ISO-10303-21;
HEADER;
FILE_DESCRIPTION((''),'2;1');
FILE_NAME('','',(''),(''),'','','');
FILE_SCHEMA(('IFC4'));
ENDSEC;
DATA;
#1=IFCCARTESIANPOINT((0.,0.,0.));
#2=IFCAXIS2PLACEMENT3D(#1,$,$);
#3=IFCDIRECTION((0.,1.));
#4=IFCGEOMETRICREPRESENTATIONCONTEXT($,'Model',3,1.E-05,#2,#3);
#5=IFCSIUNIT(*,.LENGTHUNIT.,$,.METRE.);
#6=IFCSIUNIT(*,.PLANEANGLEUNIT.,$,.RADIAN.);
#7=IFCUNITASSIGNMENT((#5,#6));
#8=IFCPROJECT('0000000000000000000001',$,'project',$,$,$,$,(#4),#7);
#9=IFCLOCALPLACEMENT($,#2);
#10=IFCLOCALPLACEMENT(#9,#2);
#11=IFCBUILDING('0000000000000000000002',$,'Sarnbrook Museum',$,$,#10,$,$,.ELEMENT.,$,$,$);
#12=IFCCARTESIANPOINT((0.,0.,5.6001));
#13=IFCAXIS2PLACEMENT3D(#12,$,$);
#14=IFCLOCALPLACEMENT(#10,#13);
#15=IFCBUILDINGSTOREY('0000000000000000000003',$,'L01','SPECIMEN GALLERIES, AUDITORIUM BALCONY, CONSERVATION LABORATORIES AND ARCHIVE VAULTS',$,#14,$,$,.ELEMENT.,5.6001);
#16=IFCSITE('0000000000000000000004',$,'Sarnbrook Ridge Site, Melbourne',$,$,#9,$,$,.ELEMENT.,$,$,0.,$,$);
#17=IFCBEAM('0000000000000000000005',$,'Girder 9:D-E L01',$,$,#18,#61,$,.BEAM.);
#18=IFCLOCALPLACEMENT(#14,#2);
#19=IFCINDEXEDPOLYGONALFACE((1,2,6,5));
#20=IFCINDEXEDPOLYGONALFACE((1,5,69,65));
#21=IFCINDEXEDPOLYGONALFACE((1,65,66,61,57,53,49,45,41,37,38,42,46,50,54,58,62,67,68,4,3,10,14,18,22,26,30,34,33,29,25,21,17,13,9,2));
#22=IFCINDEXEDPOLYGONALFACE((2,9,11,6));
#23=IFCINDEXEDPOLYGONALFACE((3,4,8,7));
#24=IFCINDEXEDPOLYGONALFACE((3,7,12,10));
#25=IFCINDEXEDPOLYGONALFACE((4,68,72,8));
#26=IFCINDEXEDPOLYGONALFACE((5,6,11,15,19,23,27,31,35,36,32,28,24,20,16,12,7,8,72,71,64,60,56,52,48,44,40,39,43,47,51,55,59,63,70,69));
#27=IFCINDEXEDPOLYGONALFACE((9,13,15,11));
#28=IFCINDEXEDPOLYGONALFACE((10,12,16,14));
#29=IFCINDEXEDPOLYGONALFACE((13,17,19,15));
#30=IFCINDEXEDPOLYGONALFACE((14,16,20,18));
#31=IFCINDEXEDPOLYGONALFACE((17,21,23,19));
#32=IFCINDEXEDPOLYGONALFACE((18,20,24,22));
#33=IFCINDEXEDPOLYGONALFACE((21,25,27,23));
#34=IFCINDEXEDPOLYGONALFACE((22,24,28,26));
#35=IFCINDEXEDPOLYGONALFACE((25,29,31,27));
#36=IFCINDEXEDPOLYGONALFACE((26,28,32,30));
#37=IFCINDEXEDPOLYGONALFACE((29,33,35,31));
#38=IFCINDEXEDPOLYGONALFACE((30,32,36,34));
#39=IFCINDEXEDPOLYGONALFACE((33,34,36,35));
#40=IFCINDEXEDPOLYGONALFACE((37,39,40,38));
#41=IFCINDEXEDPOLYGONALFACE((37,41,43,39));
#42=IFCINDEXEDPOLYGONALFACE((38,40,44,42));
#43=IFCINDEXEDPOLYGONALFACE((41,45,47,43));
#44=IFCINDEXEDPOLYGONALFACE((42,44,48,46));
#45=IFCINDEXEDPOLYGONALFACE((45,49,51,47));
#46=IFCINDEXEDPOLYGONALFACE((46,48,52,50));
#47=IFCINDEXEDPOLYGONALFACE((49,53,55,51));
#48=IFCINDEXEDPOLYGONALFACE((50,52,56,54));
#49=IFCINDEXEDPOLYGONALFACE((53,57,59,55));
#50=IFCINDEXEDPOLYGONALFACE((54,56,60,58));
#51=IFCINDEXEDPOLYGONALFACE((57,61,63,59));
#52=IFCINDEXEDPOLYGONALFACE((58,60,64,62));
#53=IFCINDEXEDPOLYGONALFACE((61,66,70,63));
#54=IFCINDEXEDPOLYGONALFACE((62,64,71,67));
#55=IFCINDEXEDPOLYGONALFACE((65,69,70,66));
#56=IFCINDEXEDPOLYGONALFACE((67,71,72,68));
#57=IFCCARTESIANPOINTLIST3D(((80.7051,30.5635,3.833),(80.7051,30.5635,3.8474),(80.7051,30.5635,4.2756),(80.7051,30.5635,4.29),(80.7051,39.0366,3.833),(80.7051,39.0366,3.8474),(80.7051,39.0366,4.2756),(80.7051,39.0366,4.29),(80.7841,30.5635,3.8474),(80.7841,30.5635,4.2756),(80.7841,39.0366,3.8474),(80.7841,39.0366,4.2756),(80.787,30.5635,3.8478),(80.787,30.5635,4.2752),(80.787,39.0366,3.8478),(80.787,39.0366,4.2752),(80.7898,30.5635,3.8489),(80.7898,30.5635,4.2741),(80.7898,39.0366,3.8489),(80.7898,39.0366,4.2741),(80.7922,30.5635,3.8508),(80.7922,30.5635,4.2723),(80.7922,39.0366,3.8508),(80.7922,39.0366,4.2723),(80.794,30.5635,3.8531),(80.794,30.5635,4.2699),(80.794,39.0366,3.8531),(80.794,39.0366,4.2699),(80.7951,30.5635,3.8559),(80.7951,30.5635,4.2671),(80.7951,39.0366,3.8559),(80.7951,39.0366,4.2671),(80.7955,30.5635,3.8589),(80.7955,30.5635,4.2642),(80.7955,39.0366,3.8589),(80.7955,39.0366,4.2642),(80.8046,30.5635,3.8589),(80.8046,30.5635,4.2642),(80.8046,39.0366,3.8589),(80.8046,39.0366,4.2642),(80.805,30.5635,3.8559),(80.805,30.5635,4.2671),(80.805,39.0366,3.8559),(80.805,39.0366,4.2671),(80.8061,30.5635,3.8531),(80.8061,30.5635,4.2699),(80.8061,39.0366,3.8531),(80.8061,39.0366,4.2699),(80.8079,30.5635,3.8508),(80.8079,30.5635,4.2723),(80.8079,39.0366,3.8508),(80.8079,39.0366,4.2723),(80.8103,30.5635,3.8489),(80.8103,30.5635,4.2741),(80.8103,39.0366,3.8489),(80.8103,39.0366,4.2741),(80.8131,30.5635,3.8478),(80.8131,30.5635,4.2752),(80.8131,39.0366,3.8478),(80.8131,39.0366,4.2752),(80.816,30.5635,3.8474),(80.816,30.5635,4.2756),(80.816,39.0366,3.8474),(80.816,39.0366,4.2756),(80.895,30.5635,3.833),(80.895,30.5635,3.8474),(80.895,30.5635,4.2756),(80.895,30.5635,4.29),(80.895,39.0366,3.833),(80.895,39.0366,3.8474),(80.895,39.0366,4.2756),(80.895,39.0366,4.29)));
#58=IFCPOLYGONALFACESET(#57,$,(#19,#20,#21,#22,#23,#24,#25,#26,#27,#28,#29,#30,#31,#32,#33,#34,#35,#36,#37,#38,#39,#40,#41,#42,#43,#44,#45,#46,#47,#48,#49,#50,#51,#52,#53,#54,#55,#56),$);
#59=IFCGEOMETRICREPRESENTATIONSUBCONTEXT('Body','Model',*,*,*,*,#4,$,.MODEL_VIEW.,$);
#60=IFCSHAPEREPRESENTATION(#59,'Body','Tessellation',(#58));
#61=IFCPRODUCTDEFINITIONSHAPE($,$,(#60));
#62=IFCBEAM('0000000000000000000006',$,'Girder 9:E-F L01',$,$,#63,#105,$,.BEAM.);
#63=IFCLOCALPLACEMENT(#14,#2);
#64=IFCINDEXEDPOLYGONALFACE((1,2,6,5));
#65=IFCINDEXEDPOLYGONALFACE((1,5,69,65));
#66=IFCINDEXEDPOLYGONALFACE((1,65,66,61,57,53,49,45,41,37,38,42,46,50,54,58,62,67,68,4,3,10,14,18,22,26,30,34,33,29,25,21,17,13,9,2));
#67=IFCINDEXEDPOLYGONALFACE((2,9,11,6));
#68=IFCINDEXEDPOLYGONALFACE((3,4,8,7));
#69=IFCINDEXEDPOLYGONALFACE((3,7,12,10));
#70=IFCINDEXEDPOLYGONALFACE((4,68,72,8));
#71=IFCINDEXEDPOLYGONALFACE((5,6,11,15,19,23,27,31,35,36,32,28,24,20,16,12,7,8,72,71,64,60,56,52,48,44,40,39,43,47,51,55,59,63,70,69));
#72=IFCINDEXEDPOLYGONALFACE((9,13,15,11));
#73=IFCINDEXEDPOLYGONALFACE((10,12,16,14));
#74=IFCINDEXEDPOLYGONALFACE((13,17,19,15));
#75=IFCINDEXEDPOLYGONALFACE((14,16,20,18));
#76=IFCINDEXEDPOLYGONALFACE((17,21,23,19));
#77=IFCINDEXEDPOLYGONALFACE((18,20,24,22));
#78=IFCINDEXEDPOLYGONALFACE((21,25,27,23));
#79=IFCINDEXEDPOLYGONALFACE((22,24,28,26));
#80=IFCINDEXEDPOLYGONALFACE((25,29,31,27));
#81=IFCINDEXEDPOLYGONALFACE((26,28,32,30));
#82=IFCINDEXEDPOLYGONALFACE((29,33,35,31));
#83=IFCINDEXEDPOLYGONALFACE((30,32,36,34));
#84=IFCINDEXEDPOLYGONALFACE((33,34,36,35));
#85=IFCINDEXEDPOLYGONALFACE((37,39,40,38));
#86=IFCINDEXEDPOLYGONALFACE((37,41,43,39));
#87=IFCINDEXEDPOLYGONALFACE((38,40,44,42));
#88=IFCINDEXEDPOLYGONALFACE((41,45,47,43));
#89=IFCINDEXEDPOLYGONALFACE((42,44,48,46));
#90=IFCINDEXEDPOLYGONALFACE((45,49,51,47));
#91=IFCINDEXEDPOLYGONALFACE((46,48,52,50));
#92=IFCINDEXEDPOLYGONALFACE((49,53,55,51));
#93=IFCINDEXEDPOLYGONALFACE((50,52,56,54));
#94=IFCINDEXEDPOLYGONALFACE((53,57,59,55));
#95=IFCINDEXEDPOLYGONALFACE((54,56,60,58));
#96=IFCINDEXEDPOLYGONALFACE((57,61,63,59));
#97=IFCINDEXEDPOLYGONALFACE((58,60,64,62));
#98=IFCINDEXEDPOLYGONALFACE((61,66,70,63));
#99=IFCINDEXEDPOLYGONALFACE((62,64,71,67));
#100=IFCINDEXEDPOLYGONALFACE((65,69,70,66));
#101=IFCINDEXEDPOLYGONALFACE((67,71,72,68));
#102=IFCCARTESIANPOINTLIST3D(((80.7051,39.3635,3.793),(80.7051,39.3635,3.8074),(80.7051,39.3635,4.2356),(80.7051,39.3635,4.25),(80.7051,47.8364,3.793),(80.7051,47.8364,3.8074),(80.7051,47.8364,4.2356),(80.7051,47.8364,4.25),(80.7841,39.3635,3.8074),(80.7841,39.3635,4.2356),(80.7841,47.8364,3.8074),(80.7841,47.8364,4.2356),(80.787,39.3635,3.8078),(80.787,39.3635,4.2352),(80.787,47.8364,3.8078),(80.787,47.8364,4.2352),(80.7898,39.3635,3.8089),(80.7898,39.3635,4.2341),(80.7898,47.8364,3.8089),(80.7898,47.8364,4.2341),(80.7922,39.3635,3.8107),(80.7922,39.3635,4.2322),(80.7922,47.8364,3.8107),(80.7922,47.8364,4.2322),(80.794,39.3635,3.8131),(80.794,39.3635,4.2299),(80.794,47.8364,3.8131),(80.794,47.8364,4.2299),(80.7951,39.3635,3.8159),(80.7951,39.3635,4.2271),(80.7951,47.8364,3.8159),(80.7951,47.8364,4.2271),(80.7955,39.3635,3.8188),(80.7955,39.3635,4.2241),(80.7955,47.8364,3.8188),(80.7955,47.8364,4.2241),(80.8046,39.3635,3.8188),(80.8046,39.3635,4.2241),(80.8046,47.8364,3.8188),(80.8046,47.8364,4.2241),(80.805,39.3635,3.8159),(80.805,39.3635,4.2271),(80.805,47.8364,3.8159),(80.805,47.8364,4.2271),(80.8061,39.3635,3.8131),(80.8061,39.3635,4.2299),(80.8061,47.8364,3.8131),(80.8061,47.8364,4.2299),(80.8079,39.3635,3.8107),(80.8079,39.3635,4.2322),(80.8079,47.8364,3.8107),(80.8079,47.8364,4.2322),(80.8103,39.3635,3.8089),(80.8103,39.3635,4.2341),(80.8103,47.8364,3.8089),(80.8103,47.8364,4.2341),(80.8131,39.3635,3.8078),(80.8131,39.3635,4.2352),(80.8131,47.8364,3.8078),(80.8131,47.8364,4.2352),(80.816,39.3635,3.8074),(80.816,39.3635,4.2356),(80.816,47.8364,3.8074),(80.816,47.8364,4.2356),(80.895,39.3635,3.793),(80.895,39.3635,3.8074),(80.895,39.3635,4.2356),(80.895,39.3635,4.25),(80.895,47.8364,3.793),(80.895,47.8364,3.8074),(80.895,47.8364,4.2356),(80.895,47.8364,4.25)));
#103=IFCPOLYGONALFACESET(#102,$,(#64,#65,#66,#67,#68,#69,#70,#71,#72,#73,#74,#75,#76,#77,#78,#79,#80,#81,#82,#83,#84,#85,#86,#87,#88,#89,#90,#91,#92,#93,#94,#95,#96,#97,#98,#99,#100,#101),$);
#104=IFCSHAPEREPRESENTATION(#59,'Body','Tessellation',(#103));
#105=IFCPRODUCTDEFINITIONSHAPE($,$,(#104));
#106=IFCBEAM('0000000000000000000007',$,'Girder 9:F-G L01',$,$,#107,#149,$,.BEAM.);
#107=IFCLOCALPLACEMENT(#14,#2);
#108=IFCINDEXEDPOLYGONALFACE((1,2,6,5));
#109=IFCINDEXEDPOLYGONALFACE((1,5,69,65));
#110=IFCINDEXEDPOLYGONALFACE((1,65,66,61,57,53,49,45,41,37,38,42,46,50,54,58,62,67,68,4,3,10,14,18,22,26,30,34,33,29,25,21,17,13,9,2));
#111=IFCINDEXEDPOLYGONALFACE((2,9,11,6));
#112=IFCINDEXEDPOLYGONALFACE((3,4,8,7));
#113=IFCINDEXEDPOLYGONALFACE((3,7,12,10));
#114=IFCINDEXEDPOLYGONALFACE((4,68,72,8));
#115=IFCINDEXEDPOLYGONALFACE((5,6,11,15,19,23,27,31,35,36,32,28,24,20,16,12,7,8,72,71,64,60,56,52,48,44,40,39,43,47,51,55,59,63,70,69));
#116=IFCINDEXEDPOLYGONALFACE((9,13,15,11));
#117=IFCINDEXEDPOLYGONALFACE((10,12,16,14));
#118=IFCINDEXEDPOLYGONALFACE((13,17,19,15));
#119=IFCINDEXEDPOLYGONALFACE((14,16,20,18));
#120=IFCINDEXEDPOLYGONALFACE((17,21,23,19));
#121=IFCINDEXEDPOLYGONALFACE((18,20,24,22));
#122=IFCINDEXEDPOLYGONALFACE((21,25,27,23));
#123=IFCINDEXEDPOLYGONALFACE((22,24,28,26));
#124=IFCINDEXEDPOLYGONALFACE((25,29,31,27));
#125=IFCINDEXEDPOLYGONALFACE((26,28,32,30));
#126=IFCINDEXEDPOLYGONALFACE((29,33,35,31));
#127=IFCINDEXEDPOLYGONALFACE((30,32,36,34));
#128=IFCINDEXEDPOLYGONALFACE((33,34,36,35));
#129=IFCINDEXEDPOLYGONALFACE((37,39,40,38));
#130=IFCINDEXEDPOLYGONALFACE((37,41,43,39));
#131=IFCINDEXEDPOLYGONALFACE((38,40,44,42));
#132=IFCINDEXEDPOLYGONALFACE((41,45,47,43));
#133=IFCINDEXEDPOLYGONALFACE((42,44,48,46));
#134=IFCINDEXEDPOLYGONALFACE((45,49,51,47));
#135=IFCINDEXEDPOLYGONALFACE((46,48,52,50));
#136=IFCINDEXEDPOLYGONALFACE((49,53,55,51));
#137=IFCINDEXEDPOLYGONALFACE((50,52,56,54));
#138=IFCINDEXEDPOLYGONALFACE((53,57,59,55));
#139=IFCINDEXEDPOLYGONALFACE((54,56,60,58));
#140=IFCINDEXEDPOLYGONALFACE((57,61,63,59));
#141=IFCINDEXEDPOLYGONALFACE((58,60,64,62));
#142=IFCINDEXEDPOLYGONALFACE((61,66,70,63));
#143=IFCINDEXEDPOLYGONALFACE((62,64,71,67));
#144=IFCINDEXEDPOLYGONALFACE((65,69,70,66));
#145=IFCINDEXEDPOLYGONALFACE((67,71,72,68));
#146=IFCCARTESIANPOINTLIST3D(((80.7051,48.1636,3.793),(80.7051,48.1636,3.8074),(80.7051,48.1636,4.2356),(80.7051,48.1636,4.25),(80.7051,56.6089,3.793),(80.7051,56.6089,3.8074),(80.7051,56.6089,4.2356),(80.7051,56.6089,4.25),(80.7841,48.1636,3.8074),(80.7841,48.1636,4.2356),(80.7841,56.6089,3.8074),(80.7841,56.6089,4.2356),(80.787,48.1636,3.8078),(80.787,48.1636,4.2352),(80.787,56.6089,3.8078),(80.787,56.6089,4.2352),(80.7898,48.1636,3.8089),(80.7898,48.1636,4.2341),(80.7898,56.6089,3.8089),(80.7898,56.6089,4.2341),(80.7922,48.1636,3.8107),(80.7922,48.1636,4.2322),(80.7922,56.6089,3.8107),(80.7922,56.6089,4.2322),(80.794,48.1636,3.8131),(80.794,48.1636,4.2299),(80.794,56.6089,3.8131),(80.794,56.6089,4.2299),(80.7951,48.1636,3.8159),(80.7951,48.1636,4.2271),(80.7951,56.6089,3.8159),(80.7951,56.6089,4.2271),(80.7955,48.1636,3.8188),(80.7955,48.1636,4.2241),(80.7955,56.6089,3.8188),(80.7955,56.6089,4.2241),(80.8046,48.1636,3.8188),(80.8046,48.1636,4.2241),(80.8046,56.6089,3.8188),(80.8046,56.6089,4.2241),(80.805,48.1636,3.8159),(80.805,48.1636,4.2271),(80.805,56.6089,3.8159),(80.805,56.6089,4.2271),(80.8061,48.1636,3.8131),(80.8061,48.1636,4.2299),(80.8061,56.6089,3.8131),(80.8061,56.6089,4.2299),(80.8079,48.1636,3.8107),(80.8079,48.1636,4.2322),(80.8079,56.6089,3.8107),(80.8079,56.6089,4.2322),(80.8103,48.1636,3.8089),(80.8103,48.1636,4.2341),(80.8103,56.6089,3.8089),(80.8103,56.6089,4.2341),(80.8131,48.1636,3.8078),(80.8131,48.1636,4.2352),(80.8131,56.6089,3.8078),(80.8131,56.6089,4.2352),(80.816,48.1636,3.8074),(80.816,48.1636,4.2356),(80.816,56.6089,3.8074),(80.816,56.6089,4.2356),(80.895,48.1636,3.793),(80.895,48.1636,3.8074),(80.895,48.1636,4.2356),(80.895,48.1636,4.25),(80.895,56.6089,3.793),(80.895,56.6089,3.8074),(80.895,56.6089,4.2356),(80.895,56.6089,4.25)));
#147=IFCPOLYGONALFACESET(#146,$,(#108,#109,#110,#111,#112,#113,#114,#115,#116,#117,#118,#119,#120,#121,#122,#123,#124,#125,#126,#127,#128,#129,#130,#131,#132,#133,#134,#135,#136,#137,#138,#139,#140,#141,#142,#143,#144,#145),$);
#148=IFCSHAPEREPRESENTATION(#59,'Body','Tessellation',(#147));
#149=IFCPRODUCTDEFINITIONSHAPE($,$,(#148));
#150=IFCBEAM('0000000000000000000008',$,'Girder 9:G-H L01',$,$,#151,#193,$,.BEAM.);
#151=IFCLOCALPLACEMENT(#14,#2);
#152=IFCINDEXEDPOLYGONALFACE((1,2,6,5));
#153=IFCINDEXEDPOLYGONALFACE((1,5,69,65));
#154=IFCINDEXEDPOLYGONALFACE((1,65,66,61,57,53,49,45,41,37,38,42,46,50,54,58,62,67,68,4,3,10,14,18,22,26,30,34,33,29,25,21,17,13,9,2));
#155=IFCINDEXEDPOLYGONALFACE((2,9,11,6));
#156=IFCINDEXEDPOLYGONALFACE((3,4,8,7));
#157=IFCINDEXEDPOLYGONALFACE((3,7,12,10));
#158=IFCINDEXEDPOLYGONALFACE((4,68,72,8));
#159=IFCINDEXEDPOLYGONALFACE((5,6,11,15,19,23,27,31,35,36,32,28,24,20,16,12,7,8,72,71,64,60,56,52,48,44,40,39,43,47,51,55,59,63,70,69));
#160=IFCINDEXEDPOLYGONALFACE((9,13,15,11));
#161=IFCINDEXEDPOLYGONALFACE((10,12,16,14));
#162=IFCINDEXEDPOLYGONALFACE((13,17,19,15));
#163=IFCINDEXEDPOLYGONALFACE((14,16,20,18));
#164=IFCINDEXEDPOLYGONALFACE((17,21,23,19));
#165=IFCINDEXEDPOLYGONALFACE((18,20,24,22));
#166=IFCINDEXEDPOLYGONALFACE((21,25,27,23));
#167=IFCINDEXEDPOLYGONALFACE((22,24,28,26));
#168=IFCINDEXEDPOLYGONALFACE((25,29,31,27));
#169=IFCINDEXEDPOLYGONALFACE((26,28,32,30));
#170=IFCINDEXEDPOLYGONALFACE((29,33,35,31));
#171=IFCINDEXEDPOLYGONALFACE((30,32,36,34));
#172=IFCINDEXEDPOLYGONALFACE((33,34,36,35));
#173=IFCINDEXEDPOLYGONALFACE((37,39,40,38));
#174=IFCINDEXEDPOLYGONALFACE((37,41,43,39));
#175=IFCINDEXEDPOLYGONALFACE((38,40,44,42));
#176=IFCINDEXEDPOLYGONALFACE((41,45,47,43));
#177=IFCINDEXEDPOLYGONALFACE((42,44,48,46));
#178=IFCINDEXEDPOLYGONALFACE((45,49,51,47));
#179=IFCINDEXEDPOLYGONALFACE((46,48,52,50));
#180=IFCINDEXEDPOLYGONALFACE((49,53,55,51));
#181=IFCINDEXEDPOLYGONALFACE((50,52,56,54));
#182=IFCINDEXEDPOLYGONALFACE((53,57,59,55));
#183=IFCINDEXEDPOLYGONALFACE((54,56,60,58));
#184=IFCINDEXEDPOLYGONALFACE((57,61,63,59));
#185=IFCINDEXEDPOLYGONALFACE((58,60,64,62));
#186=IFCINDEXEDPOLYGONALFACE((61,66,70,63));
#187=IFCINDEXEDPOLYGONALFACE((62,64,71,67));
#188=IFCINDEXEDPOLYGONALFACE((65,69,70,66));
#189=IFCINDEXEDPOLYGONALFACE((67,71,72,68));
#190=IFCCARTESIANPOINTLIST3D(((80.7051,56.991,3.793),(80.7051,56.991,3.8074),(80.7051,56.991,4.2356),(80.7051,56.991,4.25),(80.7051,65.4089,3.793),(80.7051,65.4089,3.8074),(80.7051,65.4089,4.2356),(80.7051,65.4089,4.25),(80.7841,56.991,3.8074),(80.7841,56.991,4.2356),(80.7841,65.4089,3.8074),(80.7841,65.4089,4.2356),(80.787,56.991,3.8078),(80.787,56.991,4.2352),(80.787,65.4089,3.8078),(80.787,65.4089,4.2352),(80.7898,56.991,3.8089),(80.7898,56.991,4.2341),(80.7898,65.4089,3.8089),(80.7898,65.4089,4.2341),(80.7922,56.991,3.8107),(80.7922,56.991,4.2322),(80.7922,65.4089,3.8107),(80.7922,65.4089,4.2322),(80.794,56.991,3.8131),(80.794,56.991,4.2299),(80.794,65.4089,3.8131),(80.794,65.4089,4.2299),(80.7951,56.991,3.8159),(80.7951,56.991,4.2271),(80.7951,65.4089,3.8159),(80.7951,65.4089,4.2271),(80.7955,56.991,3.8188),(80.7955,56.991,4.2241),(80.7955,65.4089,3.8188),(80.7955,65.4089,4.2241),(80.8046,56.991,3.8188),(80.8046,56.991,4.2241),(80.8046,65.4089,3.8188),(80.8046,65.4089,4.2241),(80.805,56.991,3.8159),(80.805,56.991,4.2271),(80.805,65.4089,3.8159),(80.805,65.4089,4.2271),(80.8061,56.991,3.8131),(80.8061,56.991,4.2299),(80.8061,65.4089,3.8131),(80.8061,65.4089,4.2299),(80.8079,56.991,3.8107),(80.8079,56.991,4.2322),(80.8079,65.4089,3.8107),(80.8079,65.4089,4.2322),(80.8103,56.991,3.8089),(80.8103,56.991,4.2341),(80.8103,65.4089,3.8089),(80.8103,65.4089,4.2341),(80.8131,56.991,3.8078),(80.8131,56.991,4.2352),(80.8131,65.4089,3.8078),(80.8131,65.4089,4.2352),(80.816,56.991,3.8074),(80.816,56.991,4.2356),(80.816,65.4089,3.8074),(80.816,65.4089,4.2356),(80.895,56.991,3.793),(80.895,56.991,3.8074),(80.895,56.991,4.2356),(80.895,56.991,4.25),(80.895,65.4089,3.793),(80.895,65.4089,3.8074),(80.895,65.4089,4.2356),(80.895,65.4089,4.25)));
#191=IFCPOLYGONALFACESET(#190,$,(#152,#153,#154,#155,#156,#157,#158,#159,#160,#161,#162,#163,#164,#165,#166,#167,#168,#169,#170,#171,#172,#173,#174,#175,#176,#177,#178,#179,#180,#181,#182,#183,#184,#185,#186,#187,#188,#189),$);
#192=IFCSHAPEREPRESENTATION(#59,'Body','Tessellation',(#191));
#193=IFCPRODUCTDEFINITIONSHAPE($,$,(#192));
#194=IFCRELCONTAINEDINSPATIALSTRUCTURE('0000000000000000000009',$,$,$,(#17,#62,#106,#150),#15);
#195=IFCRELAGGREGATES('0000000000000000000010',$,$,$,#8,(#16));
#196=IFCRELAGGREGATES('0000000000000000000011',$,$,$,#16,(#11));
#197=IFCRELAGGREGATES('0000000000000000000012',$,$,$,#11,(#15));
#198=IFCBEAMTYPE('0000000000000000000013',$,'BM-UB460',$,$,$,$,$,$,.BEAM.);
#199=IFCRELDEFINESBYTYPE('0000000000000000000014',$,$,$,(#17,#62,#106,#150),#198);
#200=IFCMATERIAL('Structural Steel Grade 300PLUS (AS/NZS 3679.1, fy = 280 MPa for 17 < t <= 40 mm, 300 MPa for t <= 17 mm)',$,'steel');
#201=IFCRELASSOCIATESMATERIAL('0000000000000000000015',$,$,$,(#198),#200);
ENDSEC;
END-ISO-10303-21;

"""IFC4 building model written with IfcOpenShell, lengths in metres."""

from ifc_helpers import new_model, si_unit, direction, frame, origin, origin_2d, place, context, subcontext, project, spatial, i_section, extrude, material, material_profile, profile_set, type_object, element, save


model = new_model("IFC4")

# Units and contexts
model_context = context("Model", 3, precision=1e-05, world=origin(), true_north=direction((0.0, 1.0)))
body_context = subcontext(model_context, "Body", "Model", "MODEL_VIEW")
ifc_project = project(units=[si_unit("LENGTHUNIT", "METRE"), si_unit("PLANEANGLEUNIT", "RADIAN")], contexts=[model_context])

# Site, building, storey
site_placement = place(None, origin())
site = spatial("IfcSite", under=ifc_project, at=site_placement, Name="Sarnbrook Ridge Site, Melbourne", CompositionType="ELEMENT", RefElevation=0.0)
building_placement = place(site_placement, origin())
building = spatial("IfcBuilding", under=site, at=building_placement, Name="Sarnbrook Museum", CompositionType="ELEMENT")
storey_placement = place(building_placement, frame((0.0, 0.0, 5.6001)))
storey = spatial("IfcBuildingStorey", under=building, at=storey_placement, Name="L01", Description="SPECIMEN GALLERIES, AUDITORIUM BALCONY, CONSERVATION LABORATORIES AND ARCHIVE VAULTS", CompositionType="ELEMENT", Elevation=5.6001)

# Shared definitions
ifc_material_1 = material(Name="Structural Steel Grade 300PLUS (AS/NZS 3679.1, fy = 280 MPa for 17 < t <= 40 mm, 300 MPa for t <= 17 mm)", Category="steel")

# Beams
ifc_material_profile_1 = material_profile(ifc_material_1, i_section(OverallWidth=0.1899, OverallDepth=0.457, WebThickness=0.009, FlangeThickness=0.0144, FilletRadius=0.0115, at=origin_2d()), Name="460UB74.6")
ifc_profile_set_1 = profile_set([ifc_material_profile_1], Name="Structural Steel Grade 300PLUS (AS/NZS 3679.1, fy = 280 MPa for 17 < t <= 40 mm, 300 MPa for t <= 17 mm)")
beam_type_1 = type_object("IfcBeamType", Name="BM-UB460", PredefinedType="BEAM", material=ifc_profile_set_1)
beam_1_placement = place(storey_placement, frame((80.8, 30.5635, 4.0615), z_axis=(0.0, 1.0, 0.0), x_axis=(-1.0, 0.0, 0.0)))
element("IfcBeam", 1, at=beam_1_placement, inside=storey, type_object=beam_type_1, Name="Girder 9:D-E L01", PredefinedType="BEAM", context=body_context, shape_type="SweptSolid", body=[
    extrude(i_section(OverallWidth=0.1899, OverallDepth=0.457, WebThickness=0.009, FlangeThickness=0.0144, FilletRadius=0.0115, at=origin_2d()), origin(), (0.0, 0.0, 1.0), 8.4731),
])
beam_2_placement = place(storey_placement, frame((80.8, 39.3635, 4.0215), z_axis=(0.0, 1.0, 0.0), x_axis=(-1.0, 0.0, 0.0)))
element("IfcBeam", 2, at=beam_2_placement, inside=storey, type_object=beam_type_1, Name="Girder 9:E-F L01", PredefinedType="BEAM", context=body_context, shape_type="SweptSolid", body=[
    extrude(i_section(OverallWidth=0.1899, OverallDepth=0.457, WebThickness=0.009, FlangeThickness=0.0144, FilletRadius=0.0115, at=origin_2d()), origin(), (0.0, 0.0, 1.0), 8.4729),
])
beam_3_placement = place(storey_placement, frame((80.8, 48.1636, 4.0215), z_axis=(0.0, 1.0, 0.0), x_axis=(-1.0, 0.0, 0.0)))
element("IfcBeam", 3, at=beam_3_placement, inside=storey, type_object=beam_type_1, Name="Girder 9:F-G L01", PredefinedType="BEAM", context=body_context, shape_type="SweptSolid", body=[
    extrude(i_section(OverallWidth=0.1899, OverallDepth=0.457, WebThickness=0.009, FlangeThickness=0.0144, FilletRadius=0.0115, at=origin_2d()), origin(), (0.0, 0.0, 1.0), 8.4453),
])
for number, where, z_axis, x_axis, name in (
    (4, (80.8, 56.991, 4.0215), (0.0, 1.0, 0.0), (-1.0, 0.0, 0.0), "Girder 9:G-H L01"),
):
    element("IfcBeam", number, at=place(storey_placement, frame(where, z_axis=z_axis, x_axis=x_axis)), inside=storey, type_object=beam_type_1, Name=name, PredefinedType="BEAM", context=body_context, shape_type="SweptSolid", body=[
        extrude(i_section(OverallWidth=0.1899, OverallDepth=0.457, WebThickness=0.009, FlangeThickness=0.0144, FilletRadius=0.0115, at=origin_2d()), origin(), (0.0, 0.0, 1.0), 8.418),
    ])

save(model, "model.ifc")
